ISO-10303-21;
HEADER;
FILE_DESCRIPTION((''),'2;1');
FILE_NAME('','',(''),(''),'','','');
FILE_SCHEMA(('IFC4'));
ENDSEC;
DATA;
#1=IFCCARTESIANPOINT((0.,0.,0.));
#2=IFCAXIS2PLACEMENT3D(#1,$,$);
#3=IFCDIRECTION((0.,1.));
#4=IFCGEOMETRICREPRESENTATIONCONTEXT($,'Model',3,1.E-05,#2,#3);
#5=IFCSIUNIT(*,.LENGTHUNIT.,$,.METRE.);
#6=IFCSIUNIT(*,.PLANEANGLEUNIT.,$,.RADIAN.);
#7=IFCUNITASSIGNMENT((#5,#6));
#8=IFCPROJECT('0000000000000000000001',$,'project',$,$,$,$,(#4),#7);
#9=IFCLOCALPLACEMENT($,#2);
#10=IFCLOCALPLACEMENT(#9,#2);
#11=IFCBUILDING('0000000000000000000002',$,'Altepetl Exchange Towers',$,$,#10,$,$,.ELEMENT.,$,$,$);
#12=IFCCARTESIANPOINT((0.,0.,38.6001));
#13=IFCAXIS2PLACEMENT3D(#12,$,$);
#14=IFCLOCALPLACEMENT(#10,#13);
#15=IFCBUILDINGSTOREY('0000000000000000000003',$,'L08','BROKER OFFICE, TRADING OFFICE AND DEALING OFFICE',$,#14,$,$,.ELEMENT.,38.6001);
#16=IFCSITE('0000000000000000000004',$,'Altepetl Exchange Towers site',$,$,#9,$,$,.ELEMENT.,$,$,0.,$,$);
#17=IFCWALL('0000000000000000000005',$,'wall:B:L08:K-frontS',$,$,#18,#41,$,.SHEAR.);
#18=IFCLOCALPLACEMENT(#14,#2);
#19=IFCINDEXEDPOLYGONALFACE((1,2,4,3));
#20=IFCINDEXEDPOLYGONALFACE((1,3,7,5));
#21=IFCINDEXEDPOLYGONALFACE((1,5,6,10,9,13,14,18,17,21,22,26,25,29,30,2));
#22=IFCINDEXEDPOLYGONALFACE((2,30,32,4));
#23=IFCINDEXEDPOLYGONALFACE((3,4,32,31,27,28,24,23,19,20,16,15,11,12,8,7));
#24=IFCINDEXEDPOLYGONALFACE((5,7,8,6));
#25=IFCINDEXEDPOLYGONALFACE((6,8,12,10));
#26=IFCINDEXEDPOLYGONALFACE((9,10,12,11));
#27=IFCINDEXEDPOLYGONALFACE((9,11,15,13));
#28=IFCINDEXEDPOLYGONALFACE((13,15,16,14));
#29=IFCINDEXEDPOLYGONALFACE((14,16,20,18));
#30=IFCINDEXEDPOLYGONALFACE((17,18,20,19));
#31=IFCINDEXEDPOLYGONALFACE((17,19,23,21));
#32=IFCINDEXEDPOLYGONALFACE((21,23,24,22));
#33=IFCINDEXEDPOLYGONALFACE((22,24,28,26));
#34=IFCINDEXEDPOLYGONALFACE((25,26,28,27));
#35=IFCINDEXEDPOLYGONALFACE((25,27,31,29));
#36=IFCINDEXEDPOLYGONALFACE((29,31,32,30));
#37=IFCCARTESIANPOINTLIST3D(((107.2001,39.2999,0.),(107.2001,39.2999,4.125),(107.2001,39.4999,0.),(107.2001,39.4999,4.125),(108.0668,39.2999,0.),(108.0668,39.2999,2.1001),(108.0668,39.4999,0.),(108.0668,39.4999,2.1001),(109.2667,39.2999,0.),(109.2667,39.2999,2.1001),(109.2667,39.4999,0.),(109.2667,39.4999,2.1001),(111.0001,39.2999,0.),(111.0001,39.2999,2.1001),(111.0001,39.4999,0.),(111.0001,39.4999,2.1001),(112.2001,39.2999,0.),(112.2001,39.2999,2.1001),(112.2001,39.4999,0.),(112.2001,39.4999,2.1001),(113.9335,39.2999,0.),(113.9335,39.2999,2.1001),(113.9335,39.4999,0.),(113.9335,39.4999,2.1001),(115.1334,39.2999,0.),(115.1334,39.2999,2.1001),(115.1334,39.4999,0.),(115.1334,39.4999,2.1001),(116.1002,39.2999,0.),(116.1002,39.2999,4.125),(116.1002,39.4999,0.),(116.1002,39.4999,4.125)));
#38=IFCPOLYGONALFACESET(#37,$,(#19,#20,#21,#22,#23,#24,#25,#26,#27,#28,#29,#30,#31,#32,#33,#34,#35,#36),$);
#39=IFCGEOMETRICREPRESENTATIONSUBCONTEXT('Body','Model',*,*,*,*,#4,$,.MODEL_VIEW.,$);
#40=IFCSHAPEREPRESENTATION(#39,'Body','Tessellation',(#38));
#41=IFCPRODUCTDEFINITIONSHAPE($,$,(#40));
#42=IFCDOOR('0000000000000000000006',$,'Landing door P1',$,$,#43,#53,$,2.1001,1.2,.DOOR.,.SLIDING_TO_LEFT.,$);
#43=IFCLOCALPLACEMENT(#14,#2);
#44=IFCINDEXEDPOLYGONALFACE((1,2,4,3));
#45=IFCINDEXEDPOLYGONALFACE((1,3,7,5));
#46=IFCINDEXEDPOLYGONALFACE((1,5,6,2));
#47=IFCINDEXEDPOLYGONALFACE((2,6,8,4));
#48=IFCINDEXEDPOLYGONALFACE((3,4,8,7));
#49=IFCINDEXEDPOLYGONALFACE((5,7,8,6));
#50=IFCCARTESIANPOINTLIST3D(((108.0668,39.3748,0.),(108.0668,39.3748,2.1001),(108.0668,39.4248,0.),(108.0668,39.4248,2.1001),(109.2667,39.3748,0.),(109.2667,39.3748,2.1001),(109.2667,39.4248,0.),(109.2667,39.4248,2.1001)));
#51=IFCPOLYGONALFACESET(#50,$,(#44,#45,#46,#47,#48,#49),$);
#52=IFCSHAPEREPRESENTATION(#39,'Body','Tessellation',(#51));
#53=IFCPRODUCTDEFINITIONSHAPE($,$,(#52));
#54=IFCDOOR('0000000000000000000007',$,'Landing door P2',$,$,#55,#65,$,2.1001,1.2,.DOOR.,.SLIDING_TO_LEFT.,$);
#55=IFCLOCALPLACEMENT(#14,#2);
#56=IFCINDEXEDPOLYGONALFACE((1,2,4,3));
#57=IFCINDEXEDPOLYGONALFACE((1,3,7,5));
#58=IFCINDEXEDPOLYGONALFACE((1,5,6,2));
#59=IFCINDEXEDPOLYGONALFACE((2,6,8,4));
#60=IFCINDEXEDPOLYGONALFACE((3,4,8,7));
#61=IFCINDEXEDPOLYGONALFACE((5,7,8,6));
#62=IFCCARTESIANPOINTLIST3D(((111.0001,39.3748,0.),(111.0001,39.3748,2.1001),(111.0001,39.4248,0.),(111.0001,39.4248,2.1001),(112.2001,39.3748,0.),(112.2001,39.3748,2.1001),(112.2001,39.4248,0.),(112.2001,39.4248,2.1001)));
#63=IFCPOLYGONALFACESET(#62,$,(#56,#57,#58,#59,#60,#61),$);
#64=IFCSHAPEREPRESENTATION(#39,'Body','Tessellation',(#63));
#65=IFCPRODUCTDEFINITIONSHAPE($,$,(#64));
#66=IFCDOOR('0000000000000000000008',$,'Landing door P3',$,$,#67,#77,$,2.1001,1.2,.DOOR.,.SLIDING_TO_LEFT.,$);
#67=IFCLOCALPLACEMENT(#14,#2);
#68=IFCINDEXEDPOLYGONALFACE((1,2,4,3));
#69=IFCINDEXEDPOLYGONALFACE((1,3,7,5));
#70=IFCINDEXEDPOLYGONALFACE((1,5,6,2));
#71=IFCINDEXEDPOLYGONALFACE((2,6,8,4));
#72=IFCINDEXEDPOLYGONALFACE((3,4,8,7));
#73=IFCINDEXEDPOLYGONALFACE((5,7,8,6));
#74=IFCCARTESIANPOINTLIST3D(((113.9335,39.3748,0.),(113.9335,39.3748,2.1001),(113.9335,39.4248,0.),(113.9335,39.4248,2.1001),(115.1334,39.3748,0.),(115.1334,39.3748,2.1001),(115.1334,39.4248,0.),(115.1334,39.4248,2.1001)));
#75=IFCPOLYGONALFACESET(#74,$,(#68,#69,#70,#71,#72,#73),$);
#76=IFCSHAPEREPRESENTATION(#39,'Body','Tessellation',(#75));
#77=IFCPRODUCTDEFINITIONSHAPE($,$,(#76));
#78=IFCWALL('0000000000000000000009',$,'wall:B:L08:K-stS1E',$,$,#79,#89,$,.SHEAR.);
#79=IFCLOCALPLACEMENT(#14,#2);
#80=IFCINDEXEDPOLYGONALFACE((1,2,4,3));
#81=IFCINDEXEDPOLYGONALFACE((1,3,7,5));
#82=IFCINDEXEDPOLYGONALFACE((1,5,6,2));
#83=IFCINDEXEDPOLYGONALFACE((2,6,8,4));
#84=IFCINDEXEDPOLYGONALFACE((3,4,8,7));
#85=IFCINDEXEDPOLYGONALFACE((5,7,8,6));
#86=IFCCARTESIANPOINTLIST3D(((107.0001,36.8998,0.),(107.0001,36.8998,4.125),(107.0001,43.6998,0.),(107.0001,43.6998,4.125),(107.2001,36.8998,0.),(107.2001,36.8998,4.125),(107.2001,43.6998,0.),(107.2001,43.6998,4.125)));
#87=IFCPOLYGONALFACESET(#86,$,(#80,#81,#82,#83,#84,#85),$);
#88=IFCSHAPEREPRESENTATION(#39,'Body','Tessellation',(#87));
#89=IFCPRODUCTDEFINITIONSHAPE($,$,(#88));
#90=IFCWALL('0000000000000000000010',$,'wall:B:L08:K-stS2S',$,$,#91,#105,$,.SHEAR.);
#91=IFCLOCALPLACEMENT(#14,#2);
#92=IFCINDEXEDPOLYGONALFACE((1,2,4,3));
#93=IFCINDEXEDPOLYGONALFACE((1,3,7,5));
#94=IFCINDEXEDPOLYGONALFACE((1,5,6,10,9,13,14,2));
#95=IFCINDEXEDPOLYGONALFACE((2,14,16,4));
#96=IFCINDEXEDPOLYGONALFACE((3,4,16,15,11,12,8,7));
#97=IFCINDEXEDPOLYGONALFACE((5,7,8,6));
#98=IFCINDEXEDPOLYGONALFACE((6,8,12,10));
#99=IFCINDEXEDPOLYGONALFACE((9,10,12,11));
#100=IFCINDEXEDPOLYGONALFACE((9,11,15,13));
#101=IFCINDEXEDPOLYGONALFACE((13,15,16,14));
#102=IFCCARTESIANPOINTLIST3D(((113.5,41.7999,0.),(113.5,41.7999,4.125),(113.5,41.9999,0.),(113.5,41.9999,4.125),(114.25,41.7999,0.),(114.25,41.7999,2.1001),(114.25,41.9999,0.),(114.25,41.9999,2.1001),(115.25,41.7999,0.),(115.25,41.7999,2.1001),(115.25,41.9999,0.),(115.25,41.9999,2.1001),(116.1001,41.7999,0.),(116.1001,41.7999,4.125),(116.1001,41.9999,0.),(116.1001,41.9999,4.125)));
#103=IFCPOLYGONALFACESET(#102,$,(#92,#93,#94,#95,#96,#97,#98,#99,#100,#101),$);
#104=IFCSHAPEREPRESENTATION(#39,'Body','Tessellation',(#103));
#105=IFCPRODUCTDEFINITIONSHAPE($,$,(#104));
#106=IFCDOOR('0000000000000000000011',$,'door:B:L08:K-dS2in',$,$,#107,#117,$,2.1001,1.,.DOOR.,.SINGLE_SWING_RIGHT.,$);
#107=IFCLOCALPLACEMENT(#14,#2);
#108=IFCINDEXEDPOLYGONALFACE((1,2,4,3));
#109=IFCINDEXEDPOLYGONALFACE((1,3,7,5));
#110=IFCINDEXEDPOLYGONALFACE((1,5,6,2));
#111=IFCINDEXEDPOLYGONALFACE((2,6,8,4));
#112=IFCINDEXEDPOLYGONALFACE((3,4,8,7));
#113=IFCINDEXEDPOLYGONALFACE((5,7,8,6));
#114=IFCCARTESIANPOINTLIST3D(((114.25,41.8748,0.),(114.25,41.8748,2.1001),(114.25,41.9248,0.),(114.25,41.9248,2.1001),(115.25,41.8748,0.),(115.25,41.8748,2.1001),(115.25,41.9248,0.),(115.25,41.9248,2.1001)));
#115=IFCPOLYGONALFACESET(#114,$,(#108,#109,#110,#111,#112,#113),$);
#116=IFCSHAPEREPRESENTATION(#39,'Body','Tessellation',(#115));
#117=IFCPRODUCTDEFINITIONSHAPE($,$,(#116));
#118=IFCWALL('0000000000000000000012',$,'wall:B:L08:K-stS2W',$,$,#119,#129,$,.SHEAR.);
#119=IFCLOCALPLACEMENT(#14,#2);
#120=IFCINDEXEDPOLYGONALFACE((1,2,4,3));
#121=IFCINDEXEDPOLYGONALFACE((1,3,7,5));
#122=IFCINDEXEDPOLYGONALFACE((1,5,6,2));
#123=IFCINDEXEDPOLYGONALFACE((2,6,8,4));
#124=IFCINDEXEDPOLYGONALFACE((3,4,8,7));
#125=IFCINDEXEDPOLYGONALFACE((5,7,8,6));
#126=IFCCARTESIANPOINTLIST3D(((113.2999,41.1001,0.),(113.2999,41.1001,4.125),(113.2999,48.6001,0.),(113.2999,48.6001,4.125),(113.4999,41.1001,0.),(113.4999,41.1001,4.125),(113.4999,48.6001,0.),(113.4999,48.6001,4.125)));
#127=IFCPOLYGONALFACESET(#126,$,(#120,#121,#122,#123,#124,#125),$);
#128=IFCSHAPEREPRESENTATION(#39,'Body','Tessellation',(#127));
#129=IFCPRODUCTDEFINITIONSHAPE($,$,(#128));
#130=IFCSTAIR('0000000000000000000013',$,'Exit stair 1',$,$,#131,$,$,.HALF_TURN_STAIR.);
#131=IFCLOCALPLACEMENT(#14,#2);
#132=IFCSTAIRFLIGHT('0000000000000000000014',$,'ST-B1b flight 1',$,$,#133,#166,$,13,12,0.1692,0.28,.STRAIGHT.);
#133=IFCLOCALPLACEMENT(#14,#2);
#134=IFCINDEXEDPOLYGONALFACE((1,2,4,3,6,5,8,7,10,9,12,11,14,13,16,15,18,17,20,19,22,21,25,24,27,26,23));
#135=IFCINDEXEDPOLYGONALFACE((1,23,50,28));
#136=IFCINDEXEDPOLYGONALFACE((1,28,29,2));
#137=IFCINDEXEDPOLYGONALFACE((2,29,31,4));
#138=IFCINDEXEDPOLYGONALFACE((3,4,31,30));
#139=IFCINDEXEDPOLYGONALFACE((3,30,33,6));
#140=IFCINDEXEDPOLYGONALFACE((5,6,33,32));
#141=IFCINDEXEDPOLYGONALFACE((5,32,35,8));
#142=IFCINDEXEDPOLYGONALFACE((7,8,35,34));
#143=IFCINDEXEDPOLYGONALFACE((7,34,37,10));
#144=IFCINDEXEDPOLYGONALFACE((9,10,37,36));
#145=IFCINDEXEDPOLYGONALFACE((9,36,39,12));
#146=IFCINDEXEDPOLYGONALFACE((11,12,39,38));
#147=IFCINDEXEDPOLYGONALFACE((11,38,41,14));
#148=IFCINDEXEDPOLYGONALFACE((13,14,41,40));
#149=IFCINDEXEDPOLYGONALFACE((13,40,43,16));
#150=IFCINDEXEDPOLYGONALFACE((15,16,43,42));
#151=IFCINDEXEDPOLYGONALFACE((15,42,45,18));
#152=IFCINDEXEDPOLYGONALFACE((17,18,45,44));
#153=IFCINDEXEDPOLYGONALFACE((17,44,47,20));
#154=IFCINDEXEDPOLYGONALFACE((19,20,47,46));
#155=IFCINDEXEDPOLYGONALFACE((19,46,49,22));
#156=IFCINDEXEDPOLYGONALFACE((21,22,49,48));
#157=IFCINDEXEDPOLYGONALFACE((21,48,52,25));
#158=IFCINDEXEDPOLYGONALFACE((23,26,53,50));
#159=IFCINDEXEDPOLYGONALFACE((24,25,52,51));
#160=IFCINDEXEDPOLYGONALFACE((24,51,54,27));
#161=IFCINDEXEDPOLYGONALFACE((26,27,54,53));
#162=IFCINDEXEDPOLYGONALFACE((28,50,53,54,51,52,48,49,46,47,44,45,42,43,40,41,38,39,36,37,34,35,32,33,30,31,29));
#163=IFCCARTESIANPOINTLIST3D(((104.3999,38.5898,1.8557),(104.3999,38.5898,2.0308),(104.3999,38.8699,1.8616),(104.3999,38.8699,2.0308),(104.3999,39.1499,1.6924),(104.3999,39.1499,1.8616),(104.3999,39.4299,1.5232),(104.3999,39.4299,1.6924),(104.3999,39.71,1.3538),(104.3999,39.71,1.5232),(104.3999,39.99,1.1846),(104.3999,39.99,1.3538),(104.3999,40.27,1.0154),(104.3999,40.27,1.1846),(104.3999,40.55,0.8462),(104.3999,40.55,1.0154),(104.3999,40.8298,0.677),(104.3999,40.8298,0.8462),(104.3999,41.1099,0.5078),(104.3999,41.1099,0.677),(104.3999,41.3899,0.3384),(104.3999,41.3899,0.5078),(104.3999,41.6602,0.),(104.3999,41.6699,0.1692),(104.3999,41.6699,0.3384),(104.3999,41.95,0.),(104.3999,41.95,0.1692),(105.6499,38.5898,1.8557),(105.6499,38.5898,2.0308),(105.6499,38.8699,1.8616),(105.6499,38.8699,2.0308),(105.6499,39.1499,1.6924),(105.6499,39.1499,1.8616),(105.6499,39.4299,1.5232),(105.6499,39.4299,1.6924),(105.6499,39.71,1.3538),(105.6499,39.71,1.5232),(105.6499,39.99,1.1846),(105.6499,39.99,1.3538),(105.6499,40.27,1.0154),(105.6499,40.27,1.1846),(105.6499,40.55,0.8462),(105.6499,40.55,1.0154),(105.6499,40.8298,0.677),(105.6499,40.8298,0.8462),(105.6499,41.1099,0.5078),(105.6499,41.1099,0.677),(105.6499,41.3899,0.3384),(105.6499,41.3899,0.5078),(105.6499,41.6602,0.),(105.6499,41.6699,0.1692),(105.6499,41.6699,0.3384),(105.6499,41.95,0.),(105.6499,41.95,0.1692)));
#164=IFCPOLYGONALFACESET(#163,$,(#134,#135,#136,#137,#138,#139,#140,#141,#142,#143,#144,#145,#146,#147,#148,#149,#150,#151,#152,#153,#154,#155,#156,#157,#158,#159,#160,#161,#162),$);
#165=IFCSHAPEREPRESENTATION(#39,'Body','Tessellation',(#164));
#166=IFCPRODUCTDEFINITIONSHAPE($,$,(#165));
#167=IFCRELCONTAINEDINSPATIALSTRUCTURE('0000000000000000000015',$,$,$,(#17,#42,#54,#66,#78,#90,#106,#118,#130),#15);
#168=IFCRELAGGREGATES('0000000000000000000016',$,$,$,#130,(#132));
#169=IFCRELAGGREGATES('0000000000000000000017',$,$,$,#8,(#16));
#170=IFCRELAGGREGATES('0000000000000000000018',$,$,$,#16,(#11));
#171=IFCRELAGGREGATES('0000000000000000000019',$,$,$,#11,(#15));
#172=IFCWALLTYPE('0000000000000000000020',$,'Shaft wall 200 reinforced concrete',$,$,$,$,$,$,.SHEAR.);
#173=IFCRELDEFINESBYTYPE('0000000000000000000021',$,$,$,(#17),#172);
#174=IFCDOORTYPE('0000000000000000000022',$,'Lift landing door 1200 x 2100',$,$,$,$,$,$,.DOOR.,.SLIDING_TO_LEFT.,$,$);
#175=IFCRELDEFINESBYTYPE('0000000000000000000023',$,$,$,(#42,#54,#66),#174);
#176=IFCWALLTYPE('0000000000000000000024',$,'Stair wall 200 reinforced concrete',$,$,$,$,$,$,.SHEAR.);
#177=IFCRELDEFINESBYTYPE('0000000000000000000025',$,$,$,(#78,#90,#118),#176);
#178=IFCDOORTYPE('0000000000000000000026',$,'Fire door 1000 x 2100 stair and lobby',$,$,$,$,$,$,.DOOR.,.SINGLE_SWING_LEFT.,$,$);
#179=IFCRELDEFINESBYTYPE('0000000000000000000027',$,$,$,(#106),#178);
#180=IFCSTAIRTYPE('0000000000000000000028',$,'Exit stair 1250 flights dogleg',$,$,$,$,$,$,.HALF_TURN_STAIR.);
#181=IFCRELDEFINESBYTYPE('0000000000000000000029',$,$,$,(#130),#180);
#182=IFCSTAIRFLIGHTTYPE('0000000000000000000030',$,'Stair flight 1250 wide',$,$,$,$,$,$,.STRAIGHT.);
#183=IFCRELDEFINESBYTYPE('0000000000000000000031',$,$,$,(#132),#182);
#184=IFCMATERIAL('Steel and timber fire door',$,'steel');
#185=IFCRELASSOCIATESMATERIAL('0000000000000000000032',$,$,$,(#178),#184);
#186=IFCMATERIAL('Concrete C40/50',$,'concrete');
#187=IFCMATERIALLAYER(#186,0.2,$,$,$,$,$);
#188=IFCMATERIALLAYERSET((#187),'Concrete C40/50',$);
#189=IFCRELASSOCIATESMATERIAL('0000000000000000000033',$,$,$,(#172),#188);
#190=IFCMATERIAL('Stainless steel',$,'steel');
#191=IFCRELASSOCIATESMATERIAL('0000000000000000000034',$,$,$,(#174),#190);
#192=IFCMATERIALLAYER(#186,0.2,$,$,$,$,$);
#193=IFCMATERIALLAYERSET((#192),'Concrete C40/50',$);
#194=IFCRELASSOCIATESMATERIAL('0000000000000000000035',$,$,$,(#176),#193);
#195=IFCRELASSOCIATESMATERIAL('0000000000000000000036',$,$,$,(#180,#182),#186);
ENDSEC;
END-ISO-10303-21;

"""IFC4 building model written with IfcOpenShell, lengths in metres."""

from ifc_helpers import new_model, si_unit, direction, frame, frame_2d, origin, place, context, subcontext, project, spatial, polyline, rectangle, outline, extrude, material, layer, layer_set, type_object, element, fill, aggregate, save


model = new_model("IFC4")

# Units and contexts
model_context = context("Model", 3, precision=1e-05, world=origin(), true_north=direction((0.0, 1.0)))
body_context = subcontext(model_context, "Body", "Model", "MODEL_VIEW")
ifc_project = project(units=[si_unit("LENGTHUNIT", "METRE"), si_unit("PLANEANGLEUNIT", "RADIAN")], contexts=[model_context])

# Site, building, storey
site_placement = place(None, origin())
site = spatial("IfcSite", under=ifc_project, at=site_placement, Name="Altepetl Exchange Towers site", CompositionType="ELEMENT", RefElevation=0.0)
building_placement = place(site_placement, origin())
building = spatial("IfcBuilding", under=site, at=building_placement, Name="Altepetl Exchange Towers", CompositionType="ELEMENT")
storey_placement = place(building_placement, frame((0.0, 0.0, 38.6001)))
storey = spatial("IfcBuildingStorey", under=building, at=storey_placement, Name="L08", Description="BROKER OFFICE, TRADING OFFICE AND DEALING OFFICE", CompositionType="ELEMENT", Elevation=38.6001)

# Shared definitions
ifc_material_1 = material(Name="Steel and timber fire door", Category="steel")
door_type_1 = type_object("IfcDoorType", Name="Fire door 1000 x 2100 stair and lobby", OperationType="SINGLE_SWING_LEFT", PredefinedType="DOOR", material=ifc_material_1)

# Shared definitions
ifc_material_2 = material(Name="Concrete C40/50", Category="concrete")
ifc_layer_1 = layer(ifc_material_2, 0.2)
ifc_layer_set_1 = layer_set([ifc_layer_1], Name="Concrete C40/50")
wall_type_1 = type_object("IfcWallType", Name="Shaft wall 200 reinforced concrete", PredefinedType="SHEAR", material=ifc_layer_set_1)

# Wall, openings, doors
wall_1_placement = place(storey_placement, frame((107.2, 39.3999, 0.0)))
wall_1 = element("IfcWall", 1, at=wall_1_placement, inside=storey, type_object=wall_type_1, Name="wall:B:L08:K-frontS", PredefinedType="SHEAR", context=body_context, shape_type="SweptSolid", body=[
    extrude(rectangle(XDim=8.9001, YDim=0.2, at=frame_2d((4.4502, 0.0))), origin(), (0.0, 0.0, 1.0), 4.125),
])
opening_1_placement = place(wall_1_placement, frame((0.8667, 0.0, 0.0)))
opening_1 = element("IfcOpeningElement", 2, at=opening_1_placement, cuts=wall_1, PredefinedType="OPENING", context=body_context, shape_type="SweptSolid", body=[
    extrude(rectangle(XDim=1.2, YDim=2.1001, at=frame_2d((0.6001, 1.05))), frame((0.0, 0.1099, 0.0), z_axis=(0.0, -1.0, 0.0), x_axis=(1.0, 0.0, 0.0)), (0.0, 0.0, 1.0), 0.22),
])
opening_2_placement = place(wall_1_placement, frame((3.8, 0.0, 0.0)))
opening_2 = element("IfcOpeningElement", 3, at=opening_2_placement, cuts=wall_1, PredefinedType="OPENING", context=body_context, shape_type="SweptSolid", body=[
    extrude(rectangle(XDim=1.2, YDim=2.1001, at=frame_2d((0.6001, 1.05))), frame((0.0, 0.1099, 0.0), z_axis=(0.0, -1.0, 0.0), x_axis=(1.0, 0.0, 0.0)), (0.0, 0.0, 1.0), 0.22),
])
opening_3_placement = place(wall_1_placement, frame((6.7334, 0.0, 0.0)))
opening_3 = element("IfcOpeningElement", 4, at=opening_3_placement, cuts=wall_1, PredefinedType="OPENING", context=body_context, shape_type="SweptSolid", body=[
    extrude(rectangle(XDim=1.2, YDim=2.1001, at=frame_2d((0.6001, 1.05))), frame((0.0, 0.1099, 0.0), z_axis=(0.0, -1.0, 0.0), x_axis=(1.0, 0.0, 0.0)), (0.0, 0.0, 1.0), 0.22),
])
ifc_material_3 = material(Name="Stainless steel", Category="steel")
door_type_2 = type_object("IfcDoorType", Name="Lift landing door 1200 x 2100", OperationType="SLIDING_TO_LEFT", PredefinedType="DOOR", material=ifc_material_3)
door_1_placement = place(opening_1_placement, origin())
door_1 = element("IfcDoor", 5, at=door_1_placement, inside=storey, type_object=door_type_2, Name="Landing door P1", OperationType="SLIDING_TO_LEFT", OverallHeight=2.1001, OverallWidth=1.2, PredefinedType="DOOR", context=body_context, shape_type="SweptSolid", body=[
    extrude(rectangle(XDim=1.2, YDim=2.1001, at=frame_2d((0.6001, 1.05))), frame((0.0, 0.0249, 0.0), z_axis=(0.0, -1.0, 0.0), x_axis=(1.0, 0.0, 0.0)), (0.0, 0.0, 1.0), 0.05),
])
fill(opening_1, door_1)
door_2_placement = place(opening_2_placement, origin())
door_2 = element("IfcDoor", 6, at=door_2_placement, inside=storey, type_object=door_type_2, Name="Landing door P2", OperationType="SLIDING_TO_LEFT", OverallHeight=2.1001, OverallWidth=1.2, PredefinedType="DOOR", context=body_context, shape_type="SweptSolid", body=[
    extrude(rectangle(XDim=1.2, YDim=2.1001, at=frame_2d((0.6001, 1.05))), frame((0.0, 0.0249, 0.0), z_axis=(0.0, -1.0, 0.0), x_axis=(1.0, 0.0, 0.0)), (0.0, 0.0, 1.0), 0.05),
])
fill(opening_2, door_2)
door_3_placement = place(opening_3_placement, origin())
door_3 = element("IfcDoor", 7, at=door_3_placement, inside=storey, type_object=door_type_2, Name="Landing door P3", OperationType="SLIDING_TO_LEFT", OverallHeight=2.1001, OverallWidth=1.2, PredefinedType="DOOR", context=body_context, shape_type="SweptSolid", body=[
    extrude(rectangle(XDim=1.2, YDim=2.1001, at=frame_2d((0.6001, 1.05))), frame((0.0, 0.0249, 0.0), z_axis=(0.0, -1.0, 0.0), x_axis=(1.0, 0.0, 0.0)), (0.0, 0.0, 1.0), 0.05),
])
fill(opening_3, door_3)

# Wall
ifc_layer_2 = layer(ifc_material_2, 0.2)
ifc_layer_set_2 = layer_set([ifc_layer_2], Name="Concrete C40/50")
wall_type_2 = type_object("IfcWallType", Name="Stair wall 200 reinforced concrete", PredefinedType="SHEAR", material=ifc_layer_set_2)
wall_2_placement = place(storey_placement, frame((107.1001, 36.8999, 0.0), z_axis=(0.0, 0.0, 1.0), x_axis=(0.0, 1.0, 0.0)))
element("IfcWall", 8, at=wall_2_placement, inside=storey, type_object=wall_type_2, Name="wall:B:L08:K-stS1E", PredefinedType="SHEAR", context=body_context, shape_type="SweptSolid", body=[
    extrude(rectangle(XDim=6.8, YDim=0.2, at=frame_2d((3.3999, 0.0))), origin(), (0.0, 0.0, 1.0), 4.125),
])

# Wall, opening, door
wall_3_placement = place(storey_placement, frame((113.5, 41.8999, 0.0)))
wall_3 = element("IfcWall", 9, at=wall_3_placement, inside=storey, type_object=wall_type_2, Name="wall:B:L08:K-stS2S", PredefinedType="SHEAR", context=body_context, shape_type="SweptSolid", body=[
    extrude(rectangle(XDim=2.6001, YDim=0.2, at=frame_2d((1.3, 0.0))), origin(), (0.0, 0.0, 1.0), 4.125),
])
opening_4_placement = place(wall_3_placement, frame((0.75, 0.0, 0.0)))
opening_4 = element("IfcOpeningElement", 10, at=opening_4_placement, cuts=wall_3, PredefinedType="OPENING", context=body_context, shape_type="SweptSolid", body=[
    extrude(rectangle(XDim=1.0, YDim=2.1001, at=frame_2d((0.5, 1.05))), frame((0.0, 0.1099, 0.0), z_axis=(0.0, -1.0, 0.0), x_axis=(1.0, 0.0, 0.0)), (0.0, 0.0, 1.0), 0.22),
])
door_4_placement = place(opening_4_placement, origin())
door_4 = element("IfcDoor", 11, at=door_4_placement, inside=storey, type_object=door_type_1, Name="door:B:L08:K-dS2in", OperationType="SINGLE_SWING_RIGHT", OverallHeight=2.1001, OverallWidth=1.0, PredefinedType="DOOR", context=body_context, shape_type="SweptSolid", body=[
    extrude(rectangle(XDim=1.0, YDim=2.1001, at=frame_2d((0.5, 1.05))), frame((0.0, 0.0249, 0.0), z_axis=(0.0, -1.0, 0.0), x_axis=(1.0, 0.0, 0.0)), (0.0, 0.0, 1.0), 0.05),
])
fill(opening_4, door_4)

# Wall
wall_4_placement = place(storey_placement, frame((113.3999, 41.1001, 0.0), z_axis=(0.0, 0.0, 1.0), x_axis=(0.0, 1.0, 0.0)))
element("IfcWall", 12, at=wall_4_placement, inside=storey, type_object=wall_type_2, Name="wall:B:L08:K-stS2W", PredefinedType="SHEAR", context=body_context, shape_type="SweptSolid", body=[
    extrude(rectangle(XDim=7.5, YDim=0.2, at=frame_2d((3.75, 0.0))), origin(), (0.0, 0.0, 1.0), 4.125),
])

# Stair, stair flight
stair_type = type_object("IfcStairType", Name="Exit stair 1250 flights dogleg", PredefinedType="HALF_TURN_STAIR", material=ifc_material_2)
stair_placement = place(storey_placement, origin())
stair = element("IfcStair", 13, at=stair_placement, inside=storey, type_object=stair_type, Name="Exit stair 1", PredefinedType="HALF_TURN_STAIR")
stair_flight_type = type_object("IfcStairFlightType", Name="Stair flight 1250 wide", PredefinedType="STRAIGHT", material=ifc_material_2)
stair_flight_1_placement = place(storey_placement, frame((105.0249, 41.95, 0.0), z_axis=(0.0, 0.0, 1.0), x_axis=(0.0, -1.0, 0.0)))
stair_flight_1 = element("IfcStairFlight", 14, at=stair_flight_1_placement, type_object=stair_flight_type, Name="ST-B1b flight 1", NumberOfRisers=13, NumberOfTreads=12, PredefinedType="STRAIGHT", RiserHeight=0.1692, TreadLength=0.28, context=body_context, shape_type="SweptSolid", body=[
    extrude(outline(polyline([(0.0, 0.0), (0.0, 0.1692), (0.28, 0.1692), (0.28, 0.3384), (0.5601, 0.3384), (0.5601, 0.5078), (0.8401, 0.5078), (0.8401, 0.677), (1.1201, 0.677), (1.1201, 0.8462), (1.3999, 0.8462), (1.3999, 1.0154), (1.6799, 1.0154), (1.6799, 1.1846), (1.96, 1.1846), (1.96, 1.3538), (2.24, 1.3538), (2.24, 1.5232), (2.52, 1.5232), (2.52, 1.6924), (2.8, 1.6924), (2.8, 1.8616), (3.0801, 1.8616), (3.0801, 2.0308), (3.3601, 2.0308), (3.3601, 2.2), (3.3601, 1.8557), (0.2898, 0.0), (0.0, 0.0)])), frame((0.0, 0.625, 0.0), z_axis=(0.0, -1.0, 0.0), x_axis=(1.0, 0.0, 0.0)), (0.0, 0.0, 1.0), 1.25),
])
aggregate(stair, [stair_flight_1])

save(model, "model.ifc")
